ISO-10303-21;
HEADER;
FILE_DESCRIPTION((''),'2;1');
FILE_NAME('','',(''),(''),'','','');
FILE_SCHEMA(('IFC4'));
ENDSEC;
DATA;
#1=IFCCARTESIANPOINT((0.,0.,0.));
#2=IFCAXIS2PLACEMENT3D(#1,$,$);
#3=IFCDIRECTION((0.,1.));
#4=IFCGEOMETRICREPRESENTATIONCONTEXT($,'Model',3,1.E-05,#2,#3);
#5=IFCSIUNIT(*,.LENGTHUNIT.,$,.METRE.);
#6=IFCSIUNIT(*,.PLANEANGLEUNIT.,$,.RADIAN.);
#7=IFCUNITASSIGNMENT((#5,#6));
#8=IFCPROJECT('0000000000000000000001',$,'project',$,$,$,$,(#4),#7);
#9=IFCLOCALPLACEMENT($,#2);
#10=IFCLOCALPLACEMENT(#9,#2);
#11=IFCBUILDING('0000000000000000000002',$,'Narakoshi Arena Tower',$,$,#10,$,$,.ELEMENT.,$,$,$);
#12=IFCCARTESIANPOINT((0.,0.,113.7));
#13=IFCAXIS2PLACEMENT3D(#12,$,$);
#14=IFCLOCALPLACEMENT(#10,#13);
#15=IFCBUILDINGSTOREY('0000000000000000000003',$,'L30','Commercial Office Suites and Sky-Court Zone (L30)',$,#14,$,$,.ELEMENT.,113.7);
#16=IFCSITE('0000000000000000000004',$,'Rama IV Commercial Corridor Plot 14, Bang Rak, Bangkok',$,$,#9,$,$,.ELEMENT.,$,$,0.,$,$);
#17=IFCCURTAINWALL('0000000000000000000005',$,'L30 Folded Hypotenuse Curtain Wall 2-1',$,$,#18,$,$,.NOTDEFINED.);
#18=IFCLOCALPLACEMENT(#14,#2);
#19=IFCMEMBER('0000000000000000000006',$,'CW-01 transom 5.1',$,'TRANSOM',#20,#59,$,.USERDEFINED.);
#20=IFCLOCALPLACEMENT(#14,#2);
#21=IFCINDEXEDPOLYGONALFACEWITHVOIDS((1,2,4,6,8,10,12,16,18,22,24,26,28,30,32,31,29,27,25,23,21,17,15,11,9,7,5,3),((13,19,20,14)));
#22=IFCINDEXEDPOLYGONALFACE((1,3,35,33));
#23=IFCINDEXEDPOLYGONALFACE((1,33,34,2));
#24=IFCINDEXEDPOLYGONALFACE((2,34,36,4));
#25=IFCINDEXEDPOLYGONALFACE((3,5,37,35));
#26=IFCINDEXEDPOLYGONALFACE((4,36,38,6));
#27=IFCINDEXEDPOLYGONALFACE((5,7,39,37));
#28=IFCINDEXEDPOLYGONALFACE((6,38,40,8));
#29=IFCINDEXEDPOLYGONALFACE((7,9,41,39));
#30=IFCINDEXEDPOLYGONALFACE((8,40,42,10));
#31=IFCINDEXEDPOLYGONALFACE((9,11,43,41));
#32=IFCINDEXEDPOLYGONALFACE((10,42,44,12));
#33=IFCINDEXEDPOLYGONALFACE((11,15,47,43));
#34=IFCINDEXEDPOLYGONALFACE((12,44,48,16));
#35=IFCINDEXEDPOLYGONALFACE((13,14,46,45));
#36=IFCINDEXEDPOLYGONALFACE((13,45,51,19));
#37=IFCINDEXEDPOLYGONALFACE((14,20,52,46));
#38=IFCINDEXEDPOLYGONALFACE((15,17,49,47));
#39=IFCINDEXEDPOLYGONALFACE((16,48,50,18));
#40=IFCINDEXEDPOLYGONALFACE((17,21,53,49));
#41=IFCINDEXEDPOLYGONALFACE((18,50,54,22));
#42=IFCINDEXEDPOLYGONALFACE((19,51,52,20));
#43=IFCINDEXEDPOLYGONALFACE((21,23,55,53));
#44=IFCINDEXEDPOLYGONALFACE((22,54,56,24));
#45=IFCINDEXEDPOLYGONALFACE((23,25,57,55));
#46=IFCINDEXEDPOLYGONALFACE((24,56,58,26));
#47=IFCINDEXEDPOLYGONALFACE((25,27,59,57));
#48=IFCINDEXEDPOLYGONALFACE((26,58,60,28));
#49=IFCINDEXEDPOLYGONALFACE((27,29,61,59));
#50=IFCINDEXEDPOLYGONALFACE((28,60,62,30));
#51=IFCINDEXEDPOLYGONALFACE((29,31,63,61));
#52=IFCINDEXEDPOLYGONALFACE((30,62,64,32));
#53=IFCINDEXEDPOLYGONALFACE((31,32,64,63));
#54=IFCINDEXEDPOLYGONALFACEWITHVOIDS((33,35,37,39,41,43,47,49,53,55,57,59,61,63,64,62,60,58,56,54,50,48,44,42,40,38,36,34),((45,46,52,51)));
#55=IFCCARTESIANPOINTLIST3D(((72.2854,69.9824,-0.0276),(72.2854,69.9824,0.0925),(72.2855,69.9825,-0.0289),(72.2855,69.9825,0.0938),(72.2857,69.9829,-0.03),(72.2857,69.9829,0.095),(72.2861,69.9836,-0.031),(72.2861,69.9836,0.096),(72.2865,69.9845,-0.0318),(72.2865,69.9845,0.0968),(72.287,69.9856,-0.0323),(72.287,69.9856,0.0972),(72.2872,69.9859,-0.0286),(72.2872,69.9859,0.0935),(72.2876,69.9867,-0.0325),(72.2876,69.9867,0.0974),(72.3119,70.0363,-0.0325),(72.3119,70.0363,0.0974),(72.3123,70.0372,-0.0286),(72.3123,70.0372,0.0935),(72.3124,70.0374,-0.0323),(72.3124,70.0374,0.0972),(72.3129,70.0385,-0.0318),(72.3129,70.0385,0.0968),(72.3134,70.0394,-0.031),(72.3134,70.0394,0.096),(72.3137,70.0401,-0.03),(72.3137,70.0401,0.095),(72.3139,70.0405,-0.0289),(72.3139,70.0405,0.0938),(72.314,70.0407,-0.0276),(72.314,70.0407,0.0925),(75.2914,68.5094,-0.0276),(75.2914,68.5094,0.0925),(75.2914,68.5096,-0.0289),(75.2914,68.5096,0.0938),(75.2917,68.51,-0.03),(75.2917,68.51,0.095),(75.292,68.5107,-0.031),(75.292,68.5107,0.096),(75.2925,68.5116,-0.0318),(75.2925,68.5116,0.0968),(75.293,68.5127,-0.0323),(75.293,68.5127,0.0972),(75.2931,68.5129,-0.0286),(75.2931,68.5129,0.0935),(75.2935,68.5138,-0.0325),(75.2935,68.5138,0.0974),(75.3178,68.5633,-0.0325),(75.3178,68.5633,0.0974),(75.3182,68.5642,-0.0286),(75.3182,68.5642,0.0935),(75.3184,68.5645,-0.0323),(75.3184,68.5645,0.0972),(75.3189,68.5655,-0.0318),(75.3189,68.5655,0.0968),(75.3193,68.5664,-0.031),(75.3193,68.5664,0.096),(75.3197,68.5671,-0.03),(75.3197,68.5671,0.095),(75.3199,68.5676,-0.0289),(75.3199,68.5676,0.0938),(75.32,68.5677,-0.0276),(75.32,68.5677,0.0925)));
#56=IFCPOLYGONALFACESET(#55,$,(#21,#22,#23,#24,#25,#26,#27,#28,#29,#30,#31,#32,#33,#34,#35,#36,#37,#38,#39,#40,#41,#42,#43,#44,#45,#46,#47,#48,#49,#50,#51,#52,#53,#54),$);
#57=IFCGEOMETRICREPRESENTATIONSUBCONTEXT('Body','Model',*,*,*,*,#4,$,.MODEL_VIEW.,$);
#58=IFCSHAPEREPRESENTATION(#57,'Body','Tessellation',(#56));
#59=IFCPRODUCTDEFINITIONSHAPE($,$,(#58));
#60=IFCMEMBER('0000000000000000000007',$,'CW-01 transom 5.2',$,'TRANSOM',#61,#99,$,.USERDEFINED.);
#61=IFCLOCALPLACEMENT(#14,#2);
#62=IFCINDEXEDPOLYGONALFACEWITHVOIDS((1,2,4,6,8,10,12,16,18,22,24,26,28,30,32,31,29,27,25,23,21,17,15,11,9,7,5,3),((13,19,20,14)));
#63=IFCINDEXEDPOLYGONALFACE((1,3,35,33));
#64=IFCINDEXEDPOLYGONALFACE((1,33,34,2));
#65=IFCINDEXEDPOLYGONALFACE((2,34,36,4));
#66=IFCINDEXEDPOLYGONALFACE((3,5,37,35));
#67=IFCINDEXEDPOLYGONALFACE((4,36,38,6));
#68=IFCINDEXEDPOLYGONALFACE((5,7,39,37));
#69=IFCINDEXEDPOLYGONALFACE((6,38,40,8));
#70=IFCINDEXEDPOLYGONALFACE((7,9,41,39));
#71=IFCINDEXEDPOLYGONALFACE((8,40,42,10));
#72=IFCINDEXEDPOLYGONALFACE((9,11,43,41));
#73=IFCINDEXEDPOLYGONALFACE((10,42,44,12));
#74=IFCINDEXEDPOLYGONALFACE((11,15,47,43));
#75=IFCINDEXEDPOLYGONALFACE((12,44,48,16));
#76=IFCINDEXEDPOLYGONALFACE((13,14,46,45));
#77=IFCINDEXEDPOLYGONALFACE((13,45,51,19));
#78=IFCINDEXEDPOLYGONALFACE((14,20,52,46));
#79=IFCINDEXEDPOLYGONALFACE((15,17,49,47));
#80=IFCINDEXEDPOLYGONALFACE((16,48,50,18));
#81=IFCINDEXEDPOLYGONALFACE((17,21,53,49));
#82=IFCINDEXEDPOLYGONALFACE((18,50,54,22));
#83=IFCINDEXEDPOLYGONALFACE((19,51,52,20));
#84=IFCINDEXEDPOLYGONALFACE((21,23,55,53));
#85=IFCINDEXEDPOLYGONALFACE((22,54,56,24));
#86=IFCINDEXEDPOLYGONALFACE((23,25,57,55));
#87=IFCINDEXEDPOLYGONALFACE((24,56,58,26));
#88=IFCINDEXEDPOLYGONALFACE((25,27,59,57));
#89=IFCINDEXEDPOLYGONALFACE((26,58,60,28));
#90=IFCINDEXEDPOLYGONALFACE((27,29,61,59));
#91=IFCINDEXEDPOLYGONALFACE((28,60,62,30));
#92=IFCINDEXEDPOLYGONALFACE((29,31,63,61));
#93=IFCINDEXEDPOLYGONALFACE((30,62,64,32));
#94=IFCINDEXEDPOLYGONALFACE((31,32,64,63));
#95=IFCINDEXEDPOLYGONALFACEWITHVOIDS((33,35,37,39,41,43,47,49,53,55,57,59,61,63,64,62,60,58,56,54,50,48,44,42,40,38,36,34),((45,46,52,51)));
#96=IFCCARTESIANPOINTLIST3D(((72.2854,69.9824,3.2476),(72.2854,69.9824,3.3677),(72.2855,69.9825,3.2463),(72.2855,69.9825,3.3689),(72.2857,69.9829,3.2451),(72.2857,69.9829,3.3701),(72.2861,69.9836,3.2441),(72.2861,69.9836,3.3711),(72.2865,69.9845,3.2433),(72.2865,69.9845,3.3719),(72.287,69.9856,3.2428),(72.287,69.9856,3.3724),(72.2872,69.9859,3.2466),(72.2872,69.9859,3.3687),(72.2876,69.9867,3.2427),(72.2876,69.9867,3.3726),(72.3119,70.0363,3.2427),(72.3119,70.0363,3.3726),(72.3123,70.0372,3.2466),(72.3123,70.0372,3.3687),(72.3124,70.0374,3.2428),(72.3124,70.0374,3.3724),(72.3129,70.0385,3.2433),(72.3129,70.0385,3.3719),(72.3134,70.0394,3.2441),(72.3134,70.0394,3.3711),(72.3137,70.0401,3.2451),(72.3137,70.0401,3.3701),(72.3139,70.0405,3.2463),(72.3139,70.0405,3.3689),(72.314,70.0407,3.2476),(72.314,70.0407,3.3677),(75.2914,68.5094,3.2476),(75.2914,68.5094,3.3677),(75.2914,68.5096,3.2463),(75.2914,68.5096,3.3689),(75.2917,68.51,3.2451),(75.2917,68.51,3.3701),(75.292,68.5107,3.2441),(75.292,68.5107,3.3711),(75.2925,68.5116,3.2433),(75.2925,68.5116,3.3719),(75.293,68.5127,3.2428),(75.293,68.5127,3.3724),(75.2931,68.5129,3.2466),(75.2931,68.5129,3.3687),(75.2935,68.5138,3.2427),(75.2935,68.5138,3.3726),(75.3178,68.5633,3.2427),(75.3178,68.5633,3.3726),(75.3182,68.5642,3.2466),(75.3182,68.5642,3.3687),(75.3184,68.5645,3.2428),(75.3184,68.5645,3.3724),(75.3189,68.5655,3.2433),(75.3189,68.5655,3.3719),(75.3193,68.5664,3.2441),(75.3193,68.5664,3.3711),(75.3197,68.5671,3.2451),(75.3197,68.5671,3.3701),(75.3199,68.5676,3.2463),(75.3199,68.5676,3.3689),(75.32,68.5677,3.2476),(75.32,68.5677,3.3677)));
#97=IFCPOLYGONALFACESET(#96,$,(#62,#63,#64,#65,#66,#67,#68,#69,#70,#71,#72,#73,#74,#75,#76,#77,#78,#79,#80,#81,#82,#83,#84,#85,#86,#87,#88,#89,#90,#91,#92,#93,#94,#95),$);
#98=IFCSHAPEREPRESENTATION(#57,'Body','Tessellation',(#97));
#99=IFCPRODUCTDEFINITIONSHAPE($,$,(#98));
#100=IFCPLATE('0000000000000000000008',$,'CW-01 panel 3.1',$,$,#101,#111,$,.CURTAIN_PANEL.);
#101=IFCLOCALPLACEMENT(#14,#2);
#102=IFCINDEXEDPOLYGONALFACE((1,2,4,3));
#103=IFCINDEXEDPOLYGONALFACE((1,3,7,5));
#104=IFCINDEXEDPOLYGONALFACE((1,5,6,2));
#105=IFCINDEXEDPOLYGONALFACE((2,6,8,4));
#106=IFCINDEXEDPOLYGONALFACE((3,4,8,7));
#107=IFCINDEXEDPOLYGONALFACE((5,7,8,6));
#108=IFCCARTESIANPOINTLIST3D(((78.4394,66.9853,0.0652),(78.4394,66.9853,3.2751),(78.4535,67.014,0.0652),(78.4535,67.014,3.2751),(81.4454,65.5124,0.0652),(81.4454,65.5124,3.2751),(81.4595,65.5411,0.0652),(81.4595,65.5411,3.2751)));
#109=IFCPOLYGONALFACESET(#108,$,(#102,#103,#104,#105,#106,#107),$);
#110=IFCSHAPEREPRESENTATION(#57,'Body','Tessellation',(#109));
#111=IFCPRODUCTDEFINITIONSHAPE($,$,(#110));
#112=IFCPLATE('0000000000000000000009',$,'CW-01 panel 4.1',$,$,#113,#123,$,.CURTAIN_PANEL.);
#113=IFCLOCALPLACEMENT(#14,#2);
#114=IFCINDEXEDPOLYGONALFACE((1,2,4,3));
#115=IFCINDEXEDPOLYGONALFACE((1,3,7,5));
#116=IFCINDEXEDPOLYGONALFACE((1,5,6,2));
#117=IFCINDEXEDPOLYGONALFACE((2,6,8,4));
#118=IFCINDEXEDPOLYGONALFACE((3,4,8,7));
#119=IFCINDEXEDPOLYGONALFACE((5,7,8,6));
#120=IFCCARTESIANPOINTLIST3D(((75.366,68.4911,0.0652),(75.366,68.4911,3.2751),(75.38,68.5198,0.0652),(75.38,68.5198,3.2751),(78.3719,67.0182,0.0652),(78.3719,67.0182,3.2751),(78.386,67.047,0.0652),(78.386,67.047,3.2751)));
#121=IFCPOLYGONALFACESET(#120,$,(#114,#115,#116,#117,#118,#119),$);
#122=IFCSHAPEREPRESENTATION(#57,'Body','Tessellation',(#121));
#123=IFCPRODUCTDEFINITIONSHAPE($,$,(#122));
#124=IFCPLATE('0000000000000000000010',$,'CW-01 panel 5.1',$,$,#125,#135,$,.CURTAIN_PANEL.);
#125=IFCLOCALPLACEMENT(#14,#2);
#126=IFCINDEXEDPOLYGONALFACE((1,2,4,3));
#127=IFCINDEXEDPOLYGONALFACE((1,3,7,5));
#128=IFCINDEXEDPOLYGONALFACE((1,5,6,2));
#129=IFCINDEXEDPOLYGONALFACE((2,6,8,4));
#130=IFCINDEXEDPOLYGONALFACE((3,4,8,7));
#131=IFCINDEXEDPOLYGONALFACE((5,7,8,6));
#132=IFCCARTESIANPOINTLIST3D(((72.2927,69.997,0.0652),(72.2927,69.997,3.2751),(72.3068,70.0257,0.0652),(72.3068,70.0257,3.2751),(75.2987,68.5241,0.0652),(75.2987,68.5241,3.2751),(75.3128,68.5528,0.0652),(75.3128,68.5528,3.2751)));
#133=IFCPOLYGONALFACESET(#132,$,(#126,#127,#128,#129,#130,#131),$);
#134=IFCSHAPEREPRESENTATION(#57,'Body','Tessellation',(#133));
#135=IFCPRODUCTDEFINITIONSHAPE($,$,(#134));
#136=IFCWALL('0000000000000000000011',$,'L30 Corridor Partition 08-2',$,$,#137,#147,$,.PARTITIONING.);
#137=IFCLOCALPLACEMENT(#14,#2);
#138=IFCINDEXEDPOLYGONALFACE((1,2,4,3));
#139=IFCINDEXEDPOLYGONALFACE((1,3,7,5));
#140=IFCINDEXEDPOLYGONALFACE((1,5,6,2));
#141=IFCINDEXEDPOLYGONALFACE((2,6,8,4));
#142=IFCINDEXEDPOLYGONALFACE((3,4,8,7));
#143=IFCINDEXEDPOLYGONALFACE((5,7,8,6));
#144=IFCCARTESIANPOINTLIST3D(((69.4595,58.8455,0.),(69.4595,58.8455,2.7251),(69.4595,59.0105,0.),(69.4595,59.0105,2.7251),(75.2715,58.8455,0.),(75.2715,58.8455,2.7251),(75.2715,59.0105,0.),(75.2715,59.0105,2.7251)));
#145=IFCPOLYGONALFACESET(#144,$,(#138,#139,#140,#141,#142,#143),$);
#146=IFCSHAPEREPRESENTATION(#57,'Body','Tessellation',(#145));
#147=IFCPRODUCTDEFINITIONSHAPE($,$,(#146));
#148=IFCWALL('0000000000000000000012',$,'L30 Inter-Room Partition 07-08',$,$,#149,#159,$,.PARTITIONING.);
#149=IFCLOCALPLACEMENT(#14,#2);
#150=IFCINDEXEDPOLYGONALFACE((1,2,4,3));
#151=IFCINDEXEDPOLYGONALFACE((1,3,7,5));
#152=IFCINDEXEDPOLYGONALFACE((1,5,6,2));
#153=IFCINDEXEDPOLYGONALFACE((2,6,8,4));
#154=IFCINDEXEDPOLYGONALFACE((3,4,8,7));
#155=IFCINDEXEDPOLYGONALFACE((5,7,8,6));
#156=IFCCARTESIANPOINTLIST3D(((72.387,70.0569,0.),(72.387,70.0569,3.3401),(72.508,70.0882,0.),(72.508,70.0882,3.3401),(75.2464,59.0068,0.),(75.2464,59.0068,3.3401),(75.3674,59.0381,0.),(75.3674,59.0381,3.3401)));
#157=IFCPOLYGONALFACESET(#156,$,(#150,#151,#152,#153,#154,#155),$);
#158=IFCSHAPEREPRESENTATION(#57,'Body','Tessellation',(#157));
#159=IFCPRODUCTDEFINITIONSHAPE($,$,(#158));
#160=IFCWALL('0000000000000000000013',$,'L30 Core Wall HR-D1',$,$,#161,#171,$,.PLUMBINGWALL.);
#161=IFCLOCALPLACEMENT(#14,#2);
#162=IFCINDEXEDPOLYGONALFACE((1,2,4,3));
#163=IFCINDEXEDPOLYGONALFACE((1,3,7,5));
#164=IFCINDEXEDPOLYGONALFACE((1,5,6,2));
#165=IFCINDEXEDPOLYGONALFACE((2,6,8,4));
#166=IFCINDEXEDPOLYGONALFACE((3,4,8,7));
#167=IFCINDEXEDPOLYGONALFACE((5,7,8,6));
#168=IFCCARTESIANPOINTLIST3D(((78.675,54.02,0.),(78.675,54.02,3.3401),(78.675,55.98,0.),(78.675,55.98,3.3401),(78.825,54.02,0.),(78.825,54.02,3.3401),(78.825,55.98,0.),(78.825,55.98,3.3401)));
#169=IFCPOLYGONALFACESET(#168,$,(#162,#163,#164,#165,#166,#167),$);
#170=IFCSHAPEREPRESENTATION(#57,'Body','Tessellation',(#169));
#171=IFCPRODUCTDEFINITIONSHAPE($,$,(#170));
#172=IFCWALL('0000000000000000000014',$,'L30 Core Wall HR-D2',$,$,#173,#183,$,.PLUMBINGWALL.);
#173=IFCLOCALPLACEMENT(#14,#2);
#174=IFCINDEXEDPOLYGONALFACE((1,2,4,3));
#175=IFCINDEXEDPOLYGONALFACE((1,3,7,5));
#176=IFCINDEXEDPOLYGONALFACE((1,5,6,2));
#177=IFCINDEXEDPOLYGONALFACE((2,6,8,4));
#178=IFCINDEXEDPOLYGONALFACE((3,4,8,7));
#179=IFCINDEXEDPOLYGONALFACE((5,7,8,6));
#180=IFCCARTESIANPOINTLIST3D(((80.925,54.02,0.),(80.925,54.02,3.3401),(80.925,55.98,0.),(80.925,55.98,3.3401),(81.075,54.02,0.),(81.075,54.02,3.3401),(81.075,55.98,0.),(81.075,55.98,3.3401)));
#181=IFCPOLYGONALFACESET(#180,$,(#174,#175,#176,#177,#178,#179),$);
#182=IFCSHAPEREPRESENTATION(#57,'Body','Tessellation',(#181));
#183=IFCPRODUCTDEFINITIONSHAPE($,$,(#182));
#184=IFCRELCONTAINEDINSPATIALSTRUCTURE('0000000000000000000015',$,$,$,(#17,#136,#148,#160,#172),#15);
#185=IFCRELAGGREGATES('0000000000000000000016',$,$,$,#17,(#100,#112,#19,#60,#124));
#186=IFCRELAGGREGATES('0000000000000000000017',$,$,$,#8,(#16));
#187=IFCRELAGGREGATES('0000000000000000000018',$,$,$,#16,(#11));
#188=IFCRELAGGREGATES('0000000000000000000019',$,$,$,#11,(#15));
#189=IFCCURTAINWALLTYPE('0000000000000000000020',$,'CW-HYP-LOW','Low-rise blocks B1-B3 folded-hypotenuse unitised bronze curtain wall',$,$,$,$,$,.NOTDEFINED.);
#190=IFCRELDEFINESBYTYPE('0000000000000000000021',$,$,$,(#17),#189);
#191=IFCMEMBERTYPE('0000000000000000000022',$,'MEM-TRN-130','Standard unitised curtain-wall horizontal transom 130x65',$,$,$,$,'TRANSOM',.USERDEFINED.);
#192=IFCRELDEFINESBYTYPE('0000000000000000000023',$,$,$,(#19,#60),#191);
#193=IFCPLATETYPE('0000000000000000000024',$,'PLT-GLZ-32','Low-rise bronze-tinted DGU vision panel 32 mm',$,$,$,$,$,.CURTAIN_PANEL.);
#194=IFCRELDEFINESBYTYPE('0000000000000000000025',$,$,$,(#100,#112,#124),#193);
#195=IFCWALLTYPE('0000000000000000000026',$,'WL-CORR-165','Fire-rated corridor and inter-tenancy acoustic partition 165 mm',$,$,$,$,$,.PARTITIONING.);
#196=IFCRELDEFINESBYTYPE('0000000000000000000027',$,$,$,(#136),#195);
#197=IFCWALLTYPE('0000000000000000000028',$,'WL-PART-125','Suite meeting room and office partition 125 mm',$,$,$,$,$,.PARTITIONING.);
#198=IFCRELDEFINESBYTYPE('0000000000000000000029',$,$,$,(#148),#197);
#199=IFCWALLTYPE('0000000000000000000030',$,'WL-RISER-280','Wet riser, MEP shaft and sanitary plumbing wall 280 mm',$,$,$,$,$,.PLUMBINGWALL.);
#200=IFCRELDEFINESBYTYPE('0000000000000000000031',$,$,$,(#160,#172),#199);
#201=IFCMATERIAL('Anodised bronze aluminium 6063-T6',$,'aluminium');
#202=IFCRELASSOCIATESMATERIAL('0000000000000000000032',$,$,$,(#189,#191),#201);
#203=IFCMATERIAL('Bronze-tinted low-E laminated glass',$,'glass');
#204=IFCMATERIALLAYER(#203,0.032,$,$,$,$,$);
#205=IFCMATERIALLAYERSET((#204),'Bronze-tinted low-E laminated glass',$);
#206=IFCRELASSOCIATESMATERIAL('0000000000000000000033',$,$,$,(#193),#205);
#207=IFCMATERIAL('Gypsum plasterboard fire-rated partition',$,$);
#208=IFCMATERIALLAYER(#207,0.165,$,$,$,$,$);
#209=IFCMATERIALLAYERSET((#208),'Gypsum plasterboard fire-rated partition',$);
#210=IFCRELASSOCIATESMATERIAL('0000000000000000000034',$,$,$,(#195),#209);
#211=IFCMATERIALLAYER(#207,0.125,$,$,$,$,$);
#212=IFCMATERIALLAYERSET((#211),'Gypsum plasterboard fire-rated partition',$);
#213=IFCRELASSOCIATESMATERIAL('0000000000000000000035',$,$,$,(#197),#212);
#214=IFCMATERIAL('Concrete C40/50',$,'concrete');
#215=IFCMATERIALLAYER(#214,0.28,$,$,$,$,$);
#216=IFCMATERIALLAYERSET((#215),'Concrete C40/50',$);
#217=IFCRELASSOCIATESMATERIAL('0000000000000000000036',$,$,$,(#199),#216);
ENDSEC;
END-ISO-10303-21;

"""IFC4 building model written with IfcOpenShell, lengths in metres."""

from ifc_helpers import new_model, si_unit, direction, frame, frame_2d, origin, origin_2d, place, context, subcontext, project, spatial, rectangle, hollow_rectangle, extrude, material, layer, layer_set, material_profile, profile_set, type_object, element, aggregate, save


model = new_model("IFC4")

# Units and contexts
model_context = context("Model", 3, precision=1e-05, world=origin(), true_north=direction((0.0, 1.0)))
body_context = subcontext(model_context, "Body", "Model", "MODEL_VIEW")
ifc_project = project(units=[si_unit("LENGTHUNIT", "METRE"), si_unit("PLANEANGLEUNIT", "RADIAN")], contexts=[model_context])

# Site, building, storey
site_placement = place(None, origin())
site = spatial("IfcSite", under=ifc_project, at=site_placement, Name="Rama IV Commercial Corridor Plot 14, Bang Rak, Bangkok", CompositionType="ELEMENT", RefElevation=0.0)
building_placement = place(site_placement, origin())
building = spatial("IfcBuilding", under=site, at=building_placement, Name="Narakoshi Arena Tower", CompositionType="ELEMENT")
storey_placement = place(building_placement, frame((0.0, 0.0, 113.7)))
storey = spatial("IfcBuildingStorey", under=building, at=storey_placement, Name="L30", Description="Commercial Office Suites and Sky-Court Zone (L30)", CompositionType="ELEMENT", Elevation=113.7)

# Curtain wall, members, plates
ifc_material_1 = material(Name="Anodised bronze aluminium 6063-T6", Category="aluminium")
curtain_wall_type = type_object("IfcCurtainWallType", Name="CW-HYP-LOW", Description="Low-rise blocks B1-B3 folded-hypotenuse unitised bronze curtain wall", PredefinedType="NOTDEFINED", material=ifc_material_1)
curtain_wall_placement = place(storey_placement, origin())
curtain_wall = element("IfcCurtainWall", 1, at=curtain_wall_placement, inside=storey, type_object=curtain_wall_type, Name="L30 Folded Hypotenuse Curtain Wall 2-1", PredefinedType="NOTDEFINED")
ifc_material_profile_1 = material_profile(ifc_material_1, hollow_rectangle(XDim=0.0649, YDim=0.1299, WallThickness=0.0039, OuterFilletRadius=0.0049, at=origin_2d()), Name="TRN130x65x4")
ifc_profile_set_1 = profile_set([ifc_material_profile_1], Name="Anodised bronze aluminium 6063-T6")
member_type_1 = type_object("IfcMemberType", Name="MEM-TRN-130", Description="Standard unitised curtain-wall horizontal transom 130x65", ElementType="TRANSOM", PredefinedType="USERDEFINED", material=ifc_profile_set_1)
member_1_placement = place(storey_placement, frame((75.3057, 68.5386, 0.0325), z_axis=(-0.897987, 0.440022, 0.0), x_axis=(-0.440022, -0.897987, 0.0)))
member_1 = element("IfcMember", 2, at=member_1_placement, type_object=member_type_1, Name="CW-01 transom 5.1", ObjectType="TRANSOM", PredefinedType="USERDEFINED", context=body_context, shape_type="SweptSolid", body=[
    extrude(hollow_rectangle(XDim=0.0649, YDim=0.1299, WallThickness=0.0039, OuterFilletRadius=0.0049, at=origin_2d()), origin(), (0.0, 0.0, 1.0), 3.3474),
])
member_2_placement = place(storey_placement, frame((75.3057, 68.5386, 3.3076), z_axis=(-0.897987, 0.440022, 0.0), x_axis=(-0.440022, -0.897987, 0.0)))
member_2 = element("IfcMember", 3, at=member_2_placement, type_object=member_type_1, Name="CW-01 transom 5.2", ObjectType="TRANSOM", PredefinedType="USERDEFINED", context=body_context, shape_type="SweptSolid", body=[
    extrude(hollow_rectangle(XDim=0.0649, YDim=0.1299, WallThickness=0.0039, OuterFilletRadius=0.0049, at=origin_2d()), origin(), (0.0, 0.0, 1.0), 3.3474),
])
ifc_material_2 = material(Name="Bronze-tinted low-E laminated glass", Category="glass")
ifc_layer_1 = layer(ifc_material_2, 0.032)
ifc_layer_set_1 = layer_set([ifc_layer_1], Name="Bronze-tinted low-E laminated glass")
plate_type = type_object("IfcPlateType", Name="PLT-GLZ-32", Description="Low-rise bronze-tinted DGU vision panel 32 mm", PredefinedType="CURTAIN_PANEL", material=ifc_layer_set_1)
plate_1_placement = place(storey_placement, frame((79.9495, 66.2632, 0.0652), z_axis=(0.0, 0.0, 1.0), x_axis=(-0.897996, 0.440005, 0.0)))
plate_1 = element("IfcPlate", 4, at=plate_1_placement, type_object=plate_type, Name="CW-01 panel 3.1", PredefinedType="CURTAIN_PANEL", context=body_context, shape_type="SweptSolid", body=[
    extrude(rectangle(XDim=3.3474, YDim=0.032, at=origin_2d()), origin(), (0.0, 0.0, 1.0), 3.21),
])
plate_2_placement = place(storey_placement, frame((76.876, 67.769, 0.0652), z_axis=(0.0, 0.0, 1.0), x_axis=(-0.897996, 0.440005, 0.0)))
plate_2 = element("IfcPlate", 5, at=plate_2_placement, type_object=plate_type, Name="CW-01 panel 4.1", PredefinedType="CURTAIN_PANEL", context=body_context, shape_type="SweptSolid", body=[
    extrude(rectangle(XDim=3.3474, YDim=0.032, at=origin_2d()), origin(), (0.0, 0.0, 1.0), 3.21),
])
plate_3_placement = place(storey_placement, frame((73.8027, 69.2749, 0.0652), z_axis=(0.0, 0.0, 1.0), x_axis=(-0.897996, 0.440005, 0.0)))
plate_3 = element("IfcPlate", 6, at=plate_3_placement, type_object=plate_type, Name="CW-01 panel 5.1", PredefinedType="CURTAIN_PANEL", context=body_context, shape_type="SweptSolid", body=[
    extrude(rectangle(XDim=3.3474, YDim=0.032, at=origin_2d()), origin(), (0.0, 0.0, 1.0), 3.21),
])
aggregate(curtain_wall, [plate_1, plate_2, member_1, member_2, plate_3])

# Walls
ifc_material_3 = material(Name="Gypsum plasterboard fire-rated partition")
ifc_layer_2 = layer(ifc_material_3, 0.165)
ifc_layer_set_2 = layer_set([ifc_layer_2], Name="Gypsum plasterboard fire-rated partition")
wall_type_1 = type_object("IfcWallType", Name="WL-CORR-165", Description="Fire-rated corridor and inter-tenancy acoustic partition 165 mm", PredefinedType="PARTITIONING", material=ifc_layer_set_2)
wall_1_placement = place(storey_placement, frame((75.2715, 58.928, 0.0), z_axis=(0.0, 0.0, 1.0), x_axis=(-1.0, 0.0, 0.0)))
element("IfcWall", 7, at=wall_1_placement, inside=storey, type_object=wall_type_1, Name="L30 Corridor Partition 08-2", PredefinedType="PARTITIONING", context=body_context, shape_type="SweptSolid", body=[
    extrude(rectangle(XDim=5.812, YDim=0.165, at=frame_2d((2.906, 0.0))), origin(), (0.0, 0.0, 1.0), 2.7251),
])
ifc_layer_3 = layer(ifc_material_3, 0.125)
ifc_layer_set_3 = layer_set([ifc_layer_3], Name="Gypsum plasterboard fire-rated partition")
wall_type_2 = type_object("IfcWallType", Name="WL-PART-125", Description="Suite meeting room and office partition 125 mm", PredefinedType="PARTITIONING", material=ifc_layer_set_3)
wall_2_placement = place(storey_placement, frame((75.3069, 59.0225, 0.0), z_axis=(0.0, 0.0, 1.0), x_axis=(-0.250515, 0.968113, 0.0)))
element("IfcWall", 8, at=wall_2_placement, inside=storey, type_object=wall_type_2, Name="L30 Inter-Room Partition 07-08", PredefinedType="PARTITIONING", context=body_context, shape_type="SweptSolid", body=[
    extrude(rectangle(XDim=11.4141, YDim=0.125, at=frame_2d((5.707, 0.0))), origin(), (0.0, 0.0, 1.0), 3.3401),
])
ifc_material_4 = material(Name="Concrete C40/50", Category="concrete")
ifc_layer_4 = layer(ifc_material_4, 0.28)
ifc_layer_set_4 = layer_set([ifc_layer_4], Name="Concrete C40/50")
wall_type_3 = type_object("IfcWallType", Name="WL-RISER-280", Description="Wet riser, MEP shaft and sanitary plumbing wall 280 mm", PredefinedType="PLUMBINGWALL", material=ifc_layer_set_4)
for number, where, z_axis, x_axis, name in (
    (9, (78.75, 54.02, 0.0), (0.0, 0.0, 1.0), (0.0, 1.0, 0.0), "L30 Core Wall HR-D1"),
    (10, (81.0, 54.02, 0.0), (0.0, 0.0, 1.0), (0.0, 1.0, 0.0), "L30 Core Wall HR-D2"),
):
    element("IfcWall", number, at=place(storey_placement, frame(where, z_axis=z_axis, x_axis=x_axis)), inside=storey, type_object=wall_type_3, Name=name, PredefinedType="PLUMBINGWALL", context=body_context, shape_type="SweptSolid", body=[
        extrude(rectangle(XDim=1.96, YDim=0.1499, at=frame_2d((0.98, 0.0))), origin(), (0.0, 0.0, 1.0), 3.3401),
    ])

save(model, "model.ifc")
